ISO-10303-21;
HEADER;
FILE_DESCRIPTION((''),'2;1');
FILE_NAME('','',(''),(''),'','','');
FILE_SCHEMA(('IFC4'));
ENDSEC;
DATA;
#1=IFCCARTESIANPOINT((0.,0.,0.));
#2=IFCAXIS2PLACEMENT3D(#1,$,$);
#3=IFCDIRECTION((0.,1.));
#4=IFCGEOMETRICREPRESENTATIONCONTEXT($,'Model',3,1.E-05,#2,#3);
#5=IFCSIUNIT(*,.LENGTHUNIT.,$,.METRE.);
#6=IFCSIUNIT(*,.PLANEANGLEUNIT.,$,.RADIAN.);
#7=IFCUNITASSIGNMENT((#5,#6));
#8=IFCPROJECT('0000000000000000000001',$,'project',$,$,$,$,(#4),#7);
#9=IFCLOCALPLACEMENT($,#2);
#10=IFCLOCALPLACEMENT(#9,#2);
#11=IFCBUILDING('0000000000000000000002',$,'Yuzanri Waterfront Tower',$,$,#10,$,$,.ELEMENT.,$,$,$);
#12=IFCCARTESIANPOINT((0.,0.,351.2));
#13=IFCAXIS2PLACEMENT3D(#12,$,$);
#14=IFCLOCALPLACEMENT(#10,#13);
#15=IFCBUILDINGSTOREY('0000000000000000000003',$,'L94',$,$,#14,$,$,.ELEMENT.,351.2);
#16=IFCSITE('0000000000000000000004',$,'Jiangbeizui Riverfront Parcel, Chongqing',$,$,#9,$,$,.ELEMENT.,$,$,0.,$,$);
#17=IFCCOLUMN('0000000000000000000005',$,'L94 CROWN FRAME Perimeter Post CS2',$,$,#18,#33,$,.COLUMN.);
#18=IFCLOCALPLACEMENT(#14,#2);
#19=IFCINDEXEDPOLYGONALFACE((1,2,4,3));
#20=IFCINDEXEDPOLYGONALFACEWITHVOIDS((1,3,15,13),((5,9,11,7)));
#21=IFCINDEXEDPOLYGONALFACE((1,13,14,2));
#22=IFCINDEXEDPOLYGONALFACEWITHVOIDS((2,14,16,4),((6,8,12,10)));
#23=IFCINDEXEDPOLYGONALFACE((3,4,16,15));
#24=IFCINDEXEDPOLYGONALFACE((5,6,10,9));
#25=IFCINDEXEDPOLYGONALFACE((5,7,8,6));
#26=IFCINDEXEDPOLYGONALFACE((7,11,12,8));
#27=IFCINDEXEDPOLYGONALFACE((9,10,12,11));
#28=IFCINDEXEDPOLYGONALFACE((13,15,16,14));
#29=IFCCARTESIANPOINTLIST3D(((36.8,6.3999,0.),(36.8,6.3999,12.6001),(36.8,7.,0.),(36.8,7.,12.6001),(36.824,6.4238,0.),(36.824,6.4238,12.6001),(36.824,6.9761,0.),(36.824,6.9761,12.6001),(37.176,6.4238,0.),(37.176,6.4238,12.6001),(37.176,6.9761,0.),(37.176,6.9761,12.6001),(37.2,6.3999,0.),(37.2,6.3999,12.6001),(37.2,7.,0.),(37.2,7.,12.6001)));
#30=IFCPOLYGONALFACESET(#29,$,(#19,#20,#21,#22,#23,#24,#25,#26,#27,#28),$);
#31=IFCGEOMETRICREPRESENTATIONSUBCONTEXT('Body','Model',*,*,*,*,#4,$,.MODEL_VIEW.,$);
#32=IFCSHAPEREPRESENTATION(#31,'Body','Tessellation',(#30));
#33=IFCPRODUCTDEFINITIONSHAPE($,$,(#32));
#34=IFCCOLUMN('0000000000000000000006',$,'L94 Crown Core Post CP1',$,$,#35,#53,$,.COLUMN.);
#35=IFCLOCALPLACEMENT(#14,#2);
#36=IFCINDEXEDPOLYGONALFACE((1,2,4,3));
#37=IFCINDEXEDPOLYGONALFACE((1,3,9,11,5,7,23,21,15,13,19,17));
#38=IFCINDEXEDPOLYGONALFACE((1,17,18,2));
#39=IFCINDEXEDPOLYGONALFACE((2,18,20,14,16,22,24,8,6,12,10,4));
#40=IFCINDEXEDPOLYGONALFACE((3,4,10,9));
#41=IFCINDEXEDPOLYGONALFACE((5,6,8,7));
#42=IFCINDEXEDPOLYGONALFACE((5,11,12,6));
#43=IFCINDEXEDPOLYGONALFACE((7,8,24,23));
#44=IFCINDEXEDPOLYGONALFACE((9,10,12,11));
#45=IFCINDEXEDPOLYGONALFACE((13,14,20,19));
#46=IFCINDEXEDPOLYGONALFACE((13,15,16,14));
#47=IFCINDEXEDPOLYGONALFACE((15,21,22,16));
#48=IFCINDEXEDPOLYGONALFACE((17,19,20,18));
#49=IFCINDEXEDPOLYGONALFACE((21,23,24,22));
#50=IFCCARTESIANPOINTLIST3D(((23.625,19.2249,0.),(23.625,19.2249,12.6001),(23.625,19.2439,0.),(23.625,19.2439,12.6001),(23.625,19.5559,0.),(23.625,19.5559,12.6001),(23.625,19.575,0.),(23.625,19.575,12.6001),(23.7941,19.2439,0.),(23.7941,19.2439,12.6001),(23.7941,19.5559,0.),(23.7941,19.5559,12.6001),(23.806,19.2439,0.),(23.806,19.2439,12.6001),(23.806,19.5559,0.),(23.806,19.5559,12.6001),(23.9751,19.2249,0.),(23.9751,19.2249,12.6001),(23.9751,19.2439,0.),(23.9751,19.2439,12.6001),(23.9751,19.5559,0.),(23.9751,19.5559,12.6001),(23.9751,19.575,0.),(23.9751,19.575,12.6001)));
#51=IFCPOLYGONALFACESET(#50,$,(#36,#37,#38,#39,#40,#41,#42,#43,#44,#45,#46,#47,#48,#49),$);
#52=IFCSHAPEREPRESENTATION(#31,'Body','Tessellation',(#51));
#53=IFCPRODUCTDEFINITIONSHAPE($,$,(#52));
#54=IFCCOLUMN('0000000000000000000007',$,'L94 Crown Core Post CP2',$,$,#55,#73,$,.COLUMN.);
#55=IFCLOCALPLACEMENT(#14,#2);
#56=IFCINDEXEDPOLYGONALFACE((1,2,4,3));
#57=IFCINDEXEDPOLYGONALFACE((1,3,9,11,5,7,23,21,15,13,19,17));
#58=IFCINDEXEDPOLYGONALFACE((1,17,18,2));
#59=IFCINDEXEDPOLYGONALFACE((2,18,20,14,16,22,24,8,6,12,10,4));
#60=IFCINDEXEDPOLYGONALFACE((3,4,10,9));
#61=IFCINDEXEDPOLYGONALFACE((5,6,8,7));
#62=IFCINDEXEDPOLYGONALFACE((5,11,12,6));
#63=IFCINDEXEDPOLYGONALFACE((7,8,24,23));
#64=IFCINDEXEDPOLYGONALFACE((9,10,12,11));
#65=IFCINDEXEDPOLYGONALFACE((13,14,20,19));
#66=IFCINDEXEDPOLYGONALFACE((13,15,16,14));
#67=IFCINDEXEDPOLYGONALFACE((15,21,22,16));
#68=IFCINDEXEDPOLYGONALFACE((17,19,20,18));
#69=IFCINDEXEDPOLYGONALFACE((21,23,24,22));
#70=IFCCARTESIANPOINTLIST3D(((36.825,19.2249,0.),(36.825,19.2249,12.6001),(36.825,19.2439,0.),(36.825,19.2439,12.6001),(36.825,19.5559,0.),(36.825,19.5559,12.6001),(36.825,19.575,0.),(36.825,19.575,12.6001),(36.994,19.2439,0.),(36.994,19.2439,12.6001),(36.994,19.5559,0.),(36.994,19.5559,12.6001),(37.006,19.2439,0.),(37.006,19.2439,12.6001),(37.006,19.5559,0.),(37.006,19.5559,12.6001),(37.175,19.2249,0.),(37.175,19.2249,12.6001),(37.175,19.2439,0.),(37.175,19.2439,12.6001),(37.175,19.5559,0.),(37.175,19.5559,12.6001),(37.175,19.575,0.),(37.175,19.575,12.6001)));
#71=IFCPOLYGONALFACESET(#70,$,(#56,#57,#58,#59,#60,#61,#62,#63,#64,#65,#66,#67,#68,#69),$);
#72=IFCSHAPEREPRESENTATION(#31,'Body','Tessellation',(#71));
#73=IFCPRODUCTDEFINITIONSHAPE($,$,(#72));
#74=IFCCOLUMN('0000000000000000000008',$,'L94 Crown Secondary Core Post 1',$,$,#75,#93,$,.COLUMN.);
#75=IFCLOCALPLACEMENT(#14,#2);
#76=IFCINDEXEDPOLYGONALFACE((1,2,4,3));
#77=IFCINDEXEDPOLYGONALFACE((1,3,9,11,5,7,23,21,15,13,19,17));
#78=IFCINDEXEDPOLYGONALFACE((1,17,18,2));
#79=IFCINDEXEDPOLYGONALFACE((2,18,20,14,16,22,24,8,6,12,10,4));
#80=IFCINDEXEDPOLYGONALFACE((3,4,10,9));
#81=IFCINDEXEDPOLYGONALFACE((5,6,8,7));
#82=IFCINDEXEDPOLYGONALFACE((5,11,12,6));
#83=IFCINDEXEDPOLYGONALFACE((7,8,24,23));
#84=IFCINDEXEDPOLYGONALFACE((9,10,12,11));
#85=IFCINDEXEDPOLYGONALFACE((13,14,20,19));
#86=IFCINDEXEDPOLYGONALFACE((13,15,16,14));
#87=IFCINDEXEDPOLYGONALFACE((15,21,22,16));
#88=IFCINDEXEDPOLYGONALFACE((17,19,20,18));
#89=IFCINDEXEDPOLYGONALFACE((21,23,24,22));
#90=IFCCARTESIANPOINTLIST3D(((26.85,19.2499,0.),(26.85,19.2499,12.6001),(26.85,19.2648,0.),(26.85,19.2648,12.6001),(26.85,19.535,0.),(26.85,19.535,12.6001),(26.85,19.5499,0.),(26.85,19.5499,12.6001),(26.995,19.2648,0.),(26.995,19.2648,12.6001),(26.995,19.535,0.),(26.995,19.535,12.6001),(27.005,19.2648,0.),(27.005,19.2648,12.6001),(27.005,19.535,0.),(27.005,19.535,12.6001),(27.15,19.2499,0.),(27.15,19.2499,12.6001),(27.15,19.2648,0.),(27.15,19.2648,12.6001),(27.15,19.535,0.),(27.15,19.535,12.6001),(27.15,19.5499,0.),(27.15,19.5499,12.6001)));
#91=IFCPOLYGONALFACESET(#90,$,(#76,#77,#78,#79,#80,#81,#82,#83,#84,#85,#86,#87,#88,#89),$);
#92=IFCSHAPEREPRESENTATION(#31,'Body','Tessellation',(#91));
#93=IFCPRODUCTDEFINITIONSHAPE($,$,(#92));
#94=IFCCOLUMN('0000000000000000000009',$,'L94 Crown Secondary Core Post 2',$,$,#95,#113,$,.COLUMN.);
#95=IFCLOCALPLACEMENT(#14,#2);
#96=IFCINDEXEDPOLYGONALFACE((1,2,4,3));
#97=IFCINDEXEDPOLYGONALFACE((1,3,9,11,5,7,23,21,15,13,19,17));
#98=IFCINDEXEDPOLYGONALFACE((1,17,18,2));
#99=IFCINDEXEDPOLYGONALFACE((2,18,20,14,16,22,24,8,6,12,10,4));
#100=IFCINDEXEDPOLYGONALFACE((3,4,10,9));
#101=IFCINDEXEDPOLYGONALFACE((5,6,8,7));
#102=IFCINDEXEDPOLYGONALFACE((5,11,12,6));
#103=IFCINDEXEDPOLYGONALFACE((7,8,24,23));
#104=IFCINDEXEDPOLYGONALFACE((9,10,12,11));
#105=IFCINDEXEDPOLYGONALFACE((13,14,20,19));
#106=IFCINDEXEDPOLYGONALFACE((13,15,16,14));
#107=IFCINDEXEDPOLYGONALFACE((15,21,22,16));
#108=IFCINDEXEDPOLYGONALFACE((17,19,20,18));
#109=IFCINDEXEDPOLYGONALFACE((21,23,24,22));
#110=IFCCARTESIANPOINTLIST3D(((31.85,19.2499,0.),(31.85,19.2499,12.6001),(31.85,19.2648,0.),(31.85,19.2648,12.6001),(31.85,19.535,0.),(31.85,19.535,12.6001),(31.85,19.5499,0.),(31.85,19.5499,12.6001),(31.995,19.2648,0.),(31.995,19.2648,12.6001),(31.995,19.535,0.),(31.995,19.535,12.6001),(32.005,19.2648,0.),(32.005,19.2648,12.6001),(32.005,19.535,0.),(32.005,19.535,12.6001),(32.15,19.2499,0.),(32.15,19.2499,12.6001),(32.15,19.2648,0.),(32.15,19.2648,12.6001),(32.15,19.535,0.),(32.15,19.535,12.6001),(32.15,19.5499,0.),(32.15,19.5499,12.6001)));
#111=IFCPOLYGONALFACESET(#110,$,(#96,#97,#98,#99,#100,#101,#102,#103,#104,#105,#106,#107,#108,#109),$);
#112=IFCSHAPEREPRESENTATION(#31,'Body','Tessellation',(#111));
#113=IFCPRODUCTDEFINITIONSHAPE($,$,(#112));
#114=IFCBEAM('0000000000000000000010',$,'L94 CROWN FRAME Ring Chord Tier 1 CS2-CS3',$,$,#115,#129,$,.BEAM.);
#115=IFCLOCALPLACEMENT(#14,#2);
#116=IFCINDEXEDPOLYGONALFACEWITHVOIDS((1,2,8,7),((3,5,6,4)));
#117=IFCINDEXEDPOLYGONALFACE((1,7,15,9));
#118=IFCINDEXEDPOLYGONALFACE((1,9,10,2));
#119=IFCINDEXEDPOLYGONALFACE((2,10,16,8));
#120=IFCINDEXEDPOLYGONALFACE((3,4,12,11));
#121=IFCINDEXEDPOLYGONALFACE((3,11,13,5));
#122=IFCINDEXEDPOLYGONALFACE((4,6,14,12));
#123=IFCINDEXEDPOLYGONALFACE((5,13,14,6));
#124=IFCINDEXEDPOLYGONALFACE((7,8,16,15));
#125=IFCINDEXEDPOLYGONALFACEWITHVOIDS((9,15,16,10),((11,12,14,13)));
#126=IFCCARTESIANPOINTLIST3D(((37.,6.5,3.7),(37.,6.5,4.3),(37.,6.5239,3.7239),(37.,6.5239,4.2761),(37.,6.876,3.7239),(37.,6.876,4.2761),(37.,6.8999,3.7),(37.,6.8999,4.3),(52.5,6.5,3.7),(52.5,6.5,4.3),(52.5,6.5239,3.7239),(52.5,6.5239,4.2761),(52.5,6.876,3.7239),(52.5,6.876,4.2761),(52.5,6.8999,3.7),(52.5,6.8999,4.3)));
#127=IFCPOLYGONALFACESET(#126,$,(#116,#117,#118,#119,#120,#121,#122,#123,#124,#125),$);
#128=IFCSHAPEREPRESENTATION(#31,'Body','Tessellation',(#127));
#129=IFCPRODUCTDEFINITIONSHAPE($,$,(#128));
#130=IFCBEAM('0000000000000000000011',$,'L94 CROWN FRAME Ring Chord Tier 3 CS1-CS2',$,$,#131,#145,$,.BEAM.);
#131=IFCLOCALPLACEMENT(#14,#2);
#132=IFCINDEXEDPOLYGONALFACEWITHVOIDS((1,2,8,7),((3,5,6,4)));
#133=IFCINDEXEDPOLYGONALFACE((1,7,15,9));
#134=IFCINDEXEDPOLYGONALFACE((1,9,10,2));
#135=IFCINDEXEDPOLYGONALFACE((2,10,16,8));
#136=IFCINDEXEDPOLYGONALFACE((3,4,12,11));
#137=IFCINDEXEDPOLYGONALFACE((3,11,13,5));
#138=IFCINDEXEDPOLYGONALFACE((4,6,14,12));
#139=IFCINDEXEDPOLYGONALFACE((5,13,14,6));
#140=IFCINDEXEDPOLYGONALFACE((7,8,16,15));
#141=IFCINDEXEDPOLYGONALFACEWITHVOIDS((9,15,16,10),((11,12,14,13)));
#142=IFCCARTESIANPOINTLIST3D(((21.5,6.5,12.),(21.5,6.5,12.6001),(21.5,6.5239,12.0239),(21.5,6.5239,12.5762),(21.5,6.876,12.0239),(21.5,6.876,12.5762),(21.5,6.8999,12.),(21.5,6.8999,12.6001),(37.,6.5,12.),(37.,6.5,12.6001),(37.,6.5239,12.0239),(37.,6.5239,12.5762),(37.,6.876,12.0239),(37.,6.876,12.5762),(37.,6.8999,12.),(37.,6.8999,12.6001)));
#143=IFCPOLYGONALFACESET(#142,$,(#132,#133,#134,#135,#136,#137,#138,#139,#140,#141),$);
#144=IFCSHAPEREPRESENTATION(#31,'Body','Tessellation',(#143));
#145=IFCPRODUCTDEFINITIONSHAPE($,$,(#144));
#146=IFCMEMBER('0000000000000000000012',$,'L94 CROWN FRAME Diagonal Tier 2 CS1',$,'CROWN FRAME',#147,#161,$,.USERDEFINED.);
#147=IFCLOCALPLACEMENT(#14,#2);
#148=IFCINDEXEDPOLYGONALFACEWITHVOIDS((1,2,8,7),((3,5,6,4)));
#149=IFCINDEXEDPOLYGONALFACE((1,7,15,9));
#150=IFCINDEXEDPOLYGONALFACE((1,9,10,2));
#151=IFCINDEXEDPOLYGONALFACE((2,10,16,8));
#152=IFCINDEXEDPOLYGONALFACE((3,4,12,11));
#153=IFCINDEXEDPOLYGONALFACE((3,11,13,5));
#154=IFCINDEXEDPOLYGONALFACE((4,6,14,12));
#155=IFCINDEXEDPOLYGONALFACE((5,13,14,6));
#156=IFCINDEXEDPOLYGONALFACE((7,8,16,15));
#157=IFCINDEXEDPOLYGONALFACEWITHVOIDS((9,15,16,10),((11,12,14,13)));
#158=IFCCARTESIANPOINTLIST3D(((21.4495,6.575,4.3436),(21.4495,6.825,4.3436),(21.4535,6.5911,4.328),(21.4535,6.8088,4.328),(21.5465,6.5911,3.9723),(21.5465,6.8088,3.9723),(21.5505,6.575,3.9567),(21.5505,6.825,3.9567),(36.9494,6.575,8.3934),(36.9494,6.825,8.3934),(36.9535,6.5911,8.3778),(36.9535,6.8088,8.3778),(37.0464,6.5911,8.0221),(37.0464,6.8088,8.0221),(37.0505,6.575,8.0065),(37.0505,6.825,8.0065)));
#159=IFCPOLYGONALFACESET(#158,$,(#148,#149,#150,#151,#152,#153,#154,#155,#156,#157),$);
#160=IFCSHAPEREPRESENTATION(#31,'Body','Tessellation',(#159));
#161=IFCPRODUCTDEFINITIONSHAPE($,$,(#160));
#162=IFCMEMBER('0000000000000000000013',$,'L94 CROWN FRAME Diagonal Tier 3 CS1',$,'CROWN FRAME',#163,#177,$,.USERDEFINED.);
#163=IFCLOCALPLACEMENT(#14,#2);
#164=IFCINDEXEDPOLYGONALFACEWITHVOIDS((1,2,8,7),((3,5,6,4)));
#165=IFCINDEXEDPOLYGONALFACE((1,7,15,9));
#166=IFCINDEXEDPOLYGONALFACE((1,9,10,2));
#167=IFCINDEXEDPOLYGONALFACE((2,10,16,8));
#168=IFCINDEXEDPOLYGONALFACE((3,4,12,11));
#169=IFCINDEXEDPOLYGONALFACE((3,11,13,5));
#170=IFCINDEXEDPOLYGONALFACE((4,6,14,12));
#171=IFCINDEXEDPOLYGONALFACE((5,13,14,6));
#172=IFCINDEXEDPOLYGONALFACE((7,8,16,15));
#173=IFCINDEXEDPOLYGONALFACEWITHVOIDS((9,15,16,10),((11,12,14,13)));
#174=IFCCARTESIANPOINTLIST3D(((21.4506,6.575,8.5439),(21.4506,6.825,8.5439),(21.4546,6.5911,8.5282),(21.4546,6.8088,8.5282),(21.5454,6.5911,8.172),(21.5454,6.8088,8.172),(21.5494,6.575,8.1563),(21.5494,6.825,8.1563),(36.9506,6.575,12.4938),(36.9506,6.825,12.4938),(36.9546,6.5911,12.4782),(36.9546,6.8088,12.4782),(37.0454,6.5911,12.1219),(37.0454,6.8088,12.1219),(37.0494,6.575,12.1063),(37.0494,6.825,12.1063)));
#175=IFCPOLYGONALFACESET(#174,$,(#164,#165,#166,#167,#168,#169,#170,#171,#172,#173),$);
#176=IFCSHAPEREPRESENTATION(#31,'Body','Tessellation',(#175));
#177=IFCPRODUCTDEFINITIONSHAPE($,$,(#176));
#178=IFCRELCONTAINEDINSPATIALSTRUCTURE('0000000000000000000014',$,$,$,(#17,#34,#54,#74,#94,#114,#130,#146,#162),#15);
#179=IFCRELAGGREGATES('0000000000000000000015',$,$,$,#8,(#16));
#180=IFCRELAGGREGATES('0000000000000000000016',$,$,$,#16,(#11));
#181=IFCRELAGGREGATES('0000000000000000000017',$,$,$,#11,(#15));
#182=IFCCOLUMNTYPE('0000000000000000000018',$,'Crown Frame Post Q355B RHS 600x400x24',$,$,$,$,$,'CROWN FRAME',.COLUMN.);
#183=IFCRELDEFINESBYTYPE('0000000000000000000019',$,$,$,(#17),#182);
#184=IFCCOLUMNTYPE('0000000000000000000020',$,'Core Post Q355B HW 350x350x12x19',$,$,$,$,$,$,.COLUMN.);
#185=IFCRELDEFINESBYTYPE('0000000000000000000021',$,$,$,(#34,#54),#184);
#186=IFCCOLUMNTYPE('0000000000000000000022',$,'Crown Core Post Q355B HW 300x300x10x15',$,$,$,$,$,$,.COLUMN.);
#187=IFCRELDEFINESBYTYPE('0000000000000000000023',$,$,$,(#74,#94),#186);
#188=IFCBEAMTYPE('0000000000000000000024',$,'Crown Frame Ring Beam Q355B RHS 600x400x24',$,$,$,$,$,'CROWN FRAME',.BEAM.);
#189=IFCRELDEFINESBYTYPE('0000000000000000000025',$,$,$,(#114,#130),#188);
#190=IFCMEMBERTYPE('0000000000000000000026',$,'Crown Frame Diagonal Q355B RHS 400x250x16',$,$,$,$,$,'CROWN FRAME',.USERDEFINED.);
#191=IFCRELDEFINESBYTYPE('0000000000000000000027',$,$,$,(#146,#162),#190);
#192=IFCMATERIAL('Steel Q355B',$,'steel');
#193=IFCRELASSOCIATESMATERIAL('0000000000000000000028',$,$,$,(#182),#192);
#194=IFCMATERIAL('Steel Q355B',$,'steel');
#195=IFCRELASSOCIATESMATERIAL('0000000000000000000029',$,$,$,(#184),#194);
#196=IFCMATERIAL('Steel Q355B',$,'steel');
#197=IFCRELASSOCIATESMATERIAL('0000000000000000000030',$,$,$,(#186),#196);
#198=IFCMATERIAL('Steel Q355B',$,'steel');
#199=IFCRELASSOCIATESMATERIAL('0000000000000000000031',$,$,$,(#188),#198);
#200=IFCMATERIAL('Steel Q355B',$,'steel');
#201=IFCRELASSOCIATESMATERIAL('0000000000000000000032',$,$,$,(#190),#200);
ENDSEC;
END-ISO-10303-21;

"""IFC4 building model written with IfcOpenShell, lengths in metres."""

from ifc_helpers import new_model, si_unit, direction, frame, origin, origin_2d, place, context, subcontext, project, spatial, hollow_rectangle, i_section, extrude, source, transform, mapped, material, material_profile, profile_set, type_object, element, save


model = new_model("IFC4")

# Units and contexts
model_context = context("Model", 3, precision=1e-05, world=origin(), true_north=direction((0.0, 1.0)))
body_context = subcontext(model_context, "Body", "Model", "MODEL_VIEW")
ifc_project = project(units=[si_unit("LENGTHUNIT", "METRE"), si_unit("PLANEANGLEUNIT", "RADIAN")], contexts=[model_context])

# Site, building, storey
site_placement = place(None, origin())
site = spatial("IfcSite", under=ifc_project, at=site_placement, Name="Jiangbeizui Riverfront Parcel, Chongqing", CompositionType="ELEMENT", RefElevation=0.0)
building_placement = place(site_placement, origin())
building = spatial("IfcBuilding", under=site, at=building_placement, Name="Yuzanri Waterfront Tower", CompositionType="ELEMENT")
storey_placement = place(building_placement, frame((0.0, 0.0, 351.2)))
storey = spatial("IfcBuildingStorey", under=building, at=storey_placement, Name="L94", CompositionType="ELEMENT", Elevation=351.2)

# Columns
ifc_material_1 = material(Name="Steel Q355B", Category="steel")
ifc_material_profile_1 = material_profile(ifc_material_1, hollow_rectangle(XDim=0.3999, YDim=0.6001, WallThickness=0.0239, at=origin_2d()), Name="RHS 600x400x24")
ifc_profile_set_1 = profile_set([ifc_material_profile_1], Name="Steel Q355B")
column_type_1 = type_object("IfcColumnType", Name="Crown Frame Post Q355B RHS 600x400x24", ElementType="CROWN FRAME", PredefinedType="COLUMN", material=ifc_profile_set_1)
shared_shape_1 = source(origin(), body_context, "Body", "SweptSolid", [
    extrude(hollow_rectangle(XDim=0.3999, YDim=0.6001, WallThickness=0.0239, at=origin_2d()), origin(), (0.0, 0.0, 1.0), 12.6001),
])
column_placement = place(storey_placement, frame((37.0, 6.7, 0.0), z_axis=(0.0, 0.0, 1.0), x_axis=(1.0, 0.0, 0.0)))
element("IfcColumn", 1, at=column_placement, inside=storey, type_object=column_type_1, Name="L94 CROWN FRAME Perimeter Post CS2", PredefinedType="COLUMN", context=body_context, shape_type="MappedRepresentation", body=[
    mapped(shared_shape_1, transform((0.0, 0.0, 0.0), scale=1.0)),
])
ifc_material_2 = material(Name="Steel Q355B", Category="steel")
ifc_material_profile_2 = material_profile(ifc_material_2, i_section(OverallWidth=0.3501, OverallDepth=0.3501, WebThickness=0.012, FlangeThickness=0.019, at=origin_2d()), Name="HW 350x350x12x19")
ifc_profile_set_2 = profile_set([ifc_material_profile_2], Name="Steel Q355B")
column_type_2 = type_object("IfcColumnType", Name="Core Post Q355B HW 350x350x12x19", PredefinedType="COLUMN", material=ifc_profile_set_2)
shared_shape_2 = source(origin(), body_context, "Body", "SweptSolid", [
    extrude(i_section(OverallWidth=0.3501, OverallDepth=0.3501, WebThickness=0.012, FlangeThickness=0.019, at=origin_2d()), origin(), (0.0, 0.0, 1.0), 12.6001),
])
for number, where, z_axis, x_axis, name in (
    (2, (23.8, 19.3999, 0.0), (0.0, 0.0, 1.0), (1.0, 0.0, 0.0), "L94 Crown Core Post CP1"),
    (3, (37.0, 19.3999, 0.0), (0.0, 0.0, 1.0), (1.0, 0.0, 0.0), "L94 Crown Core Post CP2"),
):
    element("IfcColumn", number, at=place(storey_placement, frame(where, z_axis=z_axis, x_axis=x_axis)), inside=storey, type_object=column_type_2, Name=name, PredefinedType="COLUMN", context=body_context, shape_type="MappedRepresentation", body=[
        mapped(shared_shape_2, transform((0.0, 0.0, 0.0), scale=1.0)),
    ])
ifc_material_3 = material(Name="Steel Q355B", Category="steel")
ifc_material_profile_3 = material_profile(ifc_material_3, i_section(OverallWidth=0.3, OverallDepth=0.3, WebThickness=0.01, FlangeThickness=0.0149, at=origin_2d()), Name="HW 300x300x10x15")
ifc_profile_set_3 = profile_set([ifc_material_profile_3], Name="Steel Q355B")
column_type_3 = type_object("IfcColumnType", Name="Crown Core Post Q355B HW 300x300x10x15", PredefinedType="COLUMN", material=ifc_profile_set_3)
shared_shape_3 = source(origin(), body_context, "Body", "SweptSolid", [
    extrude(i_section(OverallWidth=0.3, OverallDepth=0.3, WebThickness=0.01, FlangeThickness=0.0149, at=origin_2d()), origin(), (0.0, 0.0, 1.0), 12.6001),
])
for number, where, z_axis, x_axis, name in (
    (4, (27.0, 19.3999, 0.0), (0.0, 0.0, 1.0), (1.0, 0.0, 0.0), "L94 Crown Secondary Core Post 1"),
    (5, (32.0, 19.3999, 0.0), (0.0, 0.0, 1.0), (1.0, 0.0, 0.0), "L94 Crown Secondary Core Post 2"),
):
    element("IfcColumn", number, at=place(storey_placement, frame(where, z_axis=z_axis, x_axis=x_axis)), inside=storey, type_object=column_type_3, Name=name, PredefinedType="COLUMN", context=body_context, shape_type="MappedRepresentation", body=[
        mapped(shared_shape_3, transform((0.0, 0.0, 0.0), scale=1.0)),
    ])

# Beams
ifc_material_4 = material(Name="Steel Q355B", Category="steel")
ifc_material_profile_4 = material_profile(ifc_material_4, hollow_rectangle(XDim=0.3999, YDim=0.6001, WallThickness=0.0239, at=origin_2d()), Name="RHS 600x400x24")
ifc_profile_set_4 = profile_set([ifc_material_profile_4], Name="Steel Q355B")
beam_type = type_object("IfcBeamType", Name="Crown Frame Ring Beam Q355B RHS 600x400x24", ElementType="CROWN FRAME", PredefinedType="BEAM", material=ifc_profile_set_4)
shared_shape_4 = source(origin(), body_context, "Body", "SweptSolid", [
    extrude(hollow_rectangle(XDim=0.3999, YDim=0.6001, WallThickness=0.0239, at=origin_2d()), origin(), (0.0, 0.0, 1.0), 15.5),
])
for number, where, z_axis, x_axis, name in (
    (6, (37.0, 6.7, 4.0), (1.0, 0.0, 0.0), (0.0, 1.0, 0.0), "L94 CROWN FRAME Ring Chord Tier 1 CS2-CS3"),
    (7, (21.5, 6.7, 12.3), (1.0, 0.0, 0.0), (0.0, 1.0, 0.0), "L94 CROWN FRAME Ring Chord Tier 3 CS1-CS2"),
):
    element("IfcBeam", number, at=place(storey_placement, frame(where, z_axis=z_axis, x_axis=x_axis)), inside=storey, type_object=beam_type, Name=name, PredefinedType="BEAM", context=body_context, shape_type="MappedRepresentation", body=[
        mapped(shared_shape_4, transform((0.0, 0.0, 0.0), scale=1.0)),
    ])

# Members
ifc_material_5 = material(Name="Steel Q355B", Category="steel")
ifc_material_profile_5 = material_profile(ifc_material_5, hollow_rectangle(XDim=0.25, YDim=0.3999, WallThickness=0.0161, at=origin_2d()), Name="RHS 400x250x16")
ifc_profile_set_5 = profile_set([ifc_material_profile_5], Name="Steel Q355B")
member_type_1 = type_object("IfcMemberType", Name="Crown Frame Diagonal Q355B RHS 400x250x16", ElementType="CROWN FRAME", PredefinedType="USERDEFINED", material=ifc_profile_set_5)
shared_shape_5 = source(origin(), body_context, "Body", "SweptSolid", [
    extrude(hollow_rectangle(XDim=0.25, YDim=0.3999, WallThickness=0.0161, at=origin_2d()), origin(), (0.0, 0.0, 1.0), 16.0203),
])
member_1_placement = place(storey_placement, frame((21.5, 6.7, 4.1501), z_axis=(0.967521, 0.0, 0.252792), x_axis=(0.0, 1.0, 0.0)))
element("IfcMember", 8, at=member_1_placement, inside=storey, type_object=member_type_1, Name="L94 CROWN FRAME Diagonal Tier 2 CS1", ObjectType="CROWN FRAME", PredefinedType="USERDEFINED", context=body_context, shape_type="MappedRepresentation", body=[
    mapped(shared_shape_5, transform((0.0, 0.0, 0.0), scale=1.0)),
])
shared_shape_6 = source(origin(), body_context, "Body", "SweptSolid", [
    extrude(hollow_rectangle(XDim=0.25, YDim=0.3999, WallThickness=0.0161, at=origin_2d()), origin(), (0.0, 0.0, 1.0), 15.9954),
])
member_2_placement = place(storey_placement, frame((21.5, 6.7, 8.3501), z_axis=(0.96903, 0.0, 0.246943), x_axis=(0.0, 1.0, 0.0)))
element("IfcMember", 9, at=member_2_placement, inside=storey, type_object=member_type_1, Name="L94 CROWN FRAME Diagonal Tier 3 CS1", ObjectType="CROWN FRAME", PredefinedType="USERDEFINED", context=body_context, shape_type="MappedRepresentation", body=[
    mapped(shared_shape_6, transform((0.0, 0.0, 0.0), scale=1.0)),
])

save(model, "model.ifc")
